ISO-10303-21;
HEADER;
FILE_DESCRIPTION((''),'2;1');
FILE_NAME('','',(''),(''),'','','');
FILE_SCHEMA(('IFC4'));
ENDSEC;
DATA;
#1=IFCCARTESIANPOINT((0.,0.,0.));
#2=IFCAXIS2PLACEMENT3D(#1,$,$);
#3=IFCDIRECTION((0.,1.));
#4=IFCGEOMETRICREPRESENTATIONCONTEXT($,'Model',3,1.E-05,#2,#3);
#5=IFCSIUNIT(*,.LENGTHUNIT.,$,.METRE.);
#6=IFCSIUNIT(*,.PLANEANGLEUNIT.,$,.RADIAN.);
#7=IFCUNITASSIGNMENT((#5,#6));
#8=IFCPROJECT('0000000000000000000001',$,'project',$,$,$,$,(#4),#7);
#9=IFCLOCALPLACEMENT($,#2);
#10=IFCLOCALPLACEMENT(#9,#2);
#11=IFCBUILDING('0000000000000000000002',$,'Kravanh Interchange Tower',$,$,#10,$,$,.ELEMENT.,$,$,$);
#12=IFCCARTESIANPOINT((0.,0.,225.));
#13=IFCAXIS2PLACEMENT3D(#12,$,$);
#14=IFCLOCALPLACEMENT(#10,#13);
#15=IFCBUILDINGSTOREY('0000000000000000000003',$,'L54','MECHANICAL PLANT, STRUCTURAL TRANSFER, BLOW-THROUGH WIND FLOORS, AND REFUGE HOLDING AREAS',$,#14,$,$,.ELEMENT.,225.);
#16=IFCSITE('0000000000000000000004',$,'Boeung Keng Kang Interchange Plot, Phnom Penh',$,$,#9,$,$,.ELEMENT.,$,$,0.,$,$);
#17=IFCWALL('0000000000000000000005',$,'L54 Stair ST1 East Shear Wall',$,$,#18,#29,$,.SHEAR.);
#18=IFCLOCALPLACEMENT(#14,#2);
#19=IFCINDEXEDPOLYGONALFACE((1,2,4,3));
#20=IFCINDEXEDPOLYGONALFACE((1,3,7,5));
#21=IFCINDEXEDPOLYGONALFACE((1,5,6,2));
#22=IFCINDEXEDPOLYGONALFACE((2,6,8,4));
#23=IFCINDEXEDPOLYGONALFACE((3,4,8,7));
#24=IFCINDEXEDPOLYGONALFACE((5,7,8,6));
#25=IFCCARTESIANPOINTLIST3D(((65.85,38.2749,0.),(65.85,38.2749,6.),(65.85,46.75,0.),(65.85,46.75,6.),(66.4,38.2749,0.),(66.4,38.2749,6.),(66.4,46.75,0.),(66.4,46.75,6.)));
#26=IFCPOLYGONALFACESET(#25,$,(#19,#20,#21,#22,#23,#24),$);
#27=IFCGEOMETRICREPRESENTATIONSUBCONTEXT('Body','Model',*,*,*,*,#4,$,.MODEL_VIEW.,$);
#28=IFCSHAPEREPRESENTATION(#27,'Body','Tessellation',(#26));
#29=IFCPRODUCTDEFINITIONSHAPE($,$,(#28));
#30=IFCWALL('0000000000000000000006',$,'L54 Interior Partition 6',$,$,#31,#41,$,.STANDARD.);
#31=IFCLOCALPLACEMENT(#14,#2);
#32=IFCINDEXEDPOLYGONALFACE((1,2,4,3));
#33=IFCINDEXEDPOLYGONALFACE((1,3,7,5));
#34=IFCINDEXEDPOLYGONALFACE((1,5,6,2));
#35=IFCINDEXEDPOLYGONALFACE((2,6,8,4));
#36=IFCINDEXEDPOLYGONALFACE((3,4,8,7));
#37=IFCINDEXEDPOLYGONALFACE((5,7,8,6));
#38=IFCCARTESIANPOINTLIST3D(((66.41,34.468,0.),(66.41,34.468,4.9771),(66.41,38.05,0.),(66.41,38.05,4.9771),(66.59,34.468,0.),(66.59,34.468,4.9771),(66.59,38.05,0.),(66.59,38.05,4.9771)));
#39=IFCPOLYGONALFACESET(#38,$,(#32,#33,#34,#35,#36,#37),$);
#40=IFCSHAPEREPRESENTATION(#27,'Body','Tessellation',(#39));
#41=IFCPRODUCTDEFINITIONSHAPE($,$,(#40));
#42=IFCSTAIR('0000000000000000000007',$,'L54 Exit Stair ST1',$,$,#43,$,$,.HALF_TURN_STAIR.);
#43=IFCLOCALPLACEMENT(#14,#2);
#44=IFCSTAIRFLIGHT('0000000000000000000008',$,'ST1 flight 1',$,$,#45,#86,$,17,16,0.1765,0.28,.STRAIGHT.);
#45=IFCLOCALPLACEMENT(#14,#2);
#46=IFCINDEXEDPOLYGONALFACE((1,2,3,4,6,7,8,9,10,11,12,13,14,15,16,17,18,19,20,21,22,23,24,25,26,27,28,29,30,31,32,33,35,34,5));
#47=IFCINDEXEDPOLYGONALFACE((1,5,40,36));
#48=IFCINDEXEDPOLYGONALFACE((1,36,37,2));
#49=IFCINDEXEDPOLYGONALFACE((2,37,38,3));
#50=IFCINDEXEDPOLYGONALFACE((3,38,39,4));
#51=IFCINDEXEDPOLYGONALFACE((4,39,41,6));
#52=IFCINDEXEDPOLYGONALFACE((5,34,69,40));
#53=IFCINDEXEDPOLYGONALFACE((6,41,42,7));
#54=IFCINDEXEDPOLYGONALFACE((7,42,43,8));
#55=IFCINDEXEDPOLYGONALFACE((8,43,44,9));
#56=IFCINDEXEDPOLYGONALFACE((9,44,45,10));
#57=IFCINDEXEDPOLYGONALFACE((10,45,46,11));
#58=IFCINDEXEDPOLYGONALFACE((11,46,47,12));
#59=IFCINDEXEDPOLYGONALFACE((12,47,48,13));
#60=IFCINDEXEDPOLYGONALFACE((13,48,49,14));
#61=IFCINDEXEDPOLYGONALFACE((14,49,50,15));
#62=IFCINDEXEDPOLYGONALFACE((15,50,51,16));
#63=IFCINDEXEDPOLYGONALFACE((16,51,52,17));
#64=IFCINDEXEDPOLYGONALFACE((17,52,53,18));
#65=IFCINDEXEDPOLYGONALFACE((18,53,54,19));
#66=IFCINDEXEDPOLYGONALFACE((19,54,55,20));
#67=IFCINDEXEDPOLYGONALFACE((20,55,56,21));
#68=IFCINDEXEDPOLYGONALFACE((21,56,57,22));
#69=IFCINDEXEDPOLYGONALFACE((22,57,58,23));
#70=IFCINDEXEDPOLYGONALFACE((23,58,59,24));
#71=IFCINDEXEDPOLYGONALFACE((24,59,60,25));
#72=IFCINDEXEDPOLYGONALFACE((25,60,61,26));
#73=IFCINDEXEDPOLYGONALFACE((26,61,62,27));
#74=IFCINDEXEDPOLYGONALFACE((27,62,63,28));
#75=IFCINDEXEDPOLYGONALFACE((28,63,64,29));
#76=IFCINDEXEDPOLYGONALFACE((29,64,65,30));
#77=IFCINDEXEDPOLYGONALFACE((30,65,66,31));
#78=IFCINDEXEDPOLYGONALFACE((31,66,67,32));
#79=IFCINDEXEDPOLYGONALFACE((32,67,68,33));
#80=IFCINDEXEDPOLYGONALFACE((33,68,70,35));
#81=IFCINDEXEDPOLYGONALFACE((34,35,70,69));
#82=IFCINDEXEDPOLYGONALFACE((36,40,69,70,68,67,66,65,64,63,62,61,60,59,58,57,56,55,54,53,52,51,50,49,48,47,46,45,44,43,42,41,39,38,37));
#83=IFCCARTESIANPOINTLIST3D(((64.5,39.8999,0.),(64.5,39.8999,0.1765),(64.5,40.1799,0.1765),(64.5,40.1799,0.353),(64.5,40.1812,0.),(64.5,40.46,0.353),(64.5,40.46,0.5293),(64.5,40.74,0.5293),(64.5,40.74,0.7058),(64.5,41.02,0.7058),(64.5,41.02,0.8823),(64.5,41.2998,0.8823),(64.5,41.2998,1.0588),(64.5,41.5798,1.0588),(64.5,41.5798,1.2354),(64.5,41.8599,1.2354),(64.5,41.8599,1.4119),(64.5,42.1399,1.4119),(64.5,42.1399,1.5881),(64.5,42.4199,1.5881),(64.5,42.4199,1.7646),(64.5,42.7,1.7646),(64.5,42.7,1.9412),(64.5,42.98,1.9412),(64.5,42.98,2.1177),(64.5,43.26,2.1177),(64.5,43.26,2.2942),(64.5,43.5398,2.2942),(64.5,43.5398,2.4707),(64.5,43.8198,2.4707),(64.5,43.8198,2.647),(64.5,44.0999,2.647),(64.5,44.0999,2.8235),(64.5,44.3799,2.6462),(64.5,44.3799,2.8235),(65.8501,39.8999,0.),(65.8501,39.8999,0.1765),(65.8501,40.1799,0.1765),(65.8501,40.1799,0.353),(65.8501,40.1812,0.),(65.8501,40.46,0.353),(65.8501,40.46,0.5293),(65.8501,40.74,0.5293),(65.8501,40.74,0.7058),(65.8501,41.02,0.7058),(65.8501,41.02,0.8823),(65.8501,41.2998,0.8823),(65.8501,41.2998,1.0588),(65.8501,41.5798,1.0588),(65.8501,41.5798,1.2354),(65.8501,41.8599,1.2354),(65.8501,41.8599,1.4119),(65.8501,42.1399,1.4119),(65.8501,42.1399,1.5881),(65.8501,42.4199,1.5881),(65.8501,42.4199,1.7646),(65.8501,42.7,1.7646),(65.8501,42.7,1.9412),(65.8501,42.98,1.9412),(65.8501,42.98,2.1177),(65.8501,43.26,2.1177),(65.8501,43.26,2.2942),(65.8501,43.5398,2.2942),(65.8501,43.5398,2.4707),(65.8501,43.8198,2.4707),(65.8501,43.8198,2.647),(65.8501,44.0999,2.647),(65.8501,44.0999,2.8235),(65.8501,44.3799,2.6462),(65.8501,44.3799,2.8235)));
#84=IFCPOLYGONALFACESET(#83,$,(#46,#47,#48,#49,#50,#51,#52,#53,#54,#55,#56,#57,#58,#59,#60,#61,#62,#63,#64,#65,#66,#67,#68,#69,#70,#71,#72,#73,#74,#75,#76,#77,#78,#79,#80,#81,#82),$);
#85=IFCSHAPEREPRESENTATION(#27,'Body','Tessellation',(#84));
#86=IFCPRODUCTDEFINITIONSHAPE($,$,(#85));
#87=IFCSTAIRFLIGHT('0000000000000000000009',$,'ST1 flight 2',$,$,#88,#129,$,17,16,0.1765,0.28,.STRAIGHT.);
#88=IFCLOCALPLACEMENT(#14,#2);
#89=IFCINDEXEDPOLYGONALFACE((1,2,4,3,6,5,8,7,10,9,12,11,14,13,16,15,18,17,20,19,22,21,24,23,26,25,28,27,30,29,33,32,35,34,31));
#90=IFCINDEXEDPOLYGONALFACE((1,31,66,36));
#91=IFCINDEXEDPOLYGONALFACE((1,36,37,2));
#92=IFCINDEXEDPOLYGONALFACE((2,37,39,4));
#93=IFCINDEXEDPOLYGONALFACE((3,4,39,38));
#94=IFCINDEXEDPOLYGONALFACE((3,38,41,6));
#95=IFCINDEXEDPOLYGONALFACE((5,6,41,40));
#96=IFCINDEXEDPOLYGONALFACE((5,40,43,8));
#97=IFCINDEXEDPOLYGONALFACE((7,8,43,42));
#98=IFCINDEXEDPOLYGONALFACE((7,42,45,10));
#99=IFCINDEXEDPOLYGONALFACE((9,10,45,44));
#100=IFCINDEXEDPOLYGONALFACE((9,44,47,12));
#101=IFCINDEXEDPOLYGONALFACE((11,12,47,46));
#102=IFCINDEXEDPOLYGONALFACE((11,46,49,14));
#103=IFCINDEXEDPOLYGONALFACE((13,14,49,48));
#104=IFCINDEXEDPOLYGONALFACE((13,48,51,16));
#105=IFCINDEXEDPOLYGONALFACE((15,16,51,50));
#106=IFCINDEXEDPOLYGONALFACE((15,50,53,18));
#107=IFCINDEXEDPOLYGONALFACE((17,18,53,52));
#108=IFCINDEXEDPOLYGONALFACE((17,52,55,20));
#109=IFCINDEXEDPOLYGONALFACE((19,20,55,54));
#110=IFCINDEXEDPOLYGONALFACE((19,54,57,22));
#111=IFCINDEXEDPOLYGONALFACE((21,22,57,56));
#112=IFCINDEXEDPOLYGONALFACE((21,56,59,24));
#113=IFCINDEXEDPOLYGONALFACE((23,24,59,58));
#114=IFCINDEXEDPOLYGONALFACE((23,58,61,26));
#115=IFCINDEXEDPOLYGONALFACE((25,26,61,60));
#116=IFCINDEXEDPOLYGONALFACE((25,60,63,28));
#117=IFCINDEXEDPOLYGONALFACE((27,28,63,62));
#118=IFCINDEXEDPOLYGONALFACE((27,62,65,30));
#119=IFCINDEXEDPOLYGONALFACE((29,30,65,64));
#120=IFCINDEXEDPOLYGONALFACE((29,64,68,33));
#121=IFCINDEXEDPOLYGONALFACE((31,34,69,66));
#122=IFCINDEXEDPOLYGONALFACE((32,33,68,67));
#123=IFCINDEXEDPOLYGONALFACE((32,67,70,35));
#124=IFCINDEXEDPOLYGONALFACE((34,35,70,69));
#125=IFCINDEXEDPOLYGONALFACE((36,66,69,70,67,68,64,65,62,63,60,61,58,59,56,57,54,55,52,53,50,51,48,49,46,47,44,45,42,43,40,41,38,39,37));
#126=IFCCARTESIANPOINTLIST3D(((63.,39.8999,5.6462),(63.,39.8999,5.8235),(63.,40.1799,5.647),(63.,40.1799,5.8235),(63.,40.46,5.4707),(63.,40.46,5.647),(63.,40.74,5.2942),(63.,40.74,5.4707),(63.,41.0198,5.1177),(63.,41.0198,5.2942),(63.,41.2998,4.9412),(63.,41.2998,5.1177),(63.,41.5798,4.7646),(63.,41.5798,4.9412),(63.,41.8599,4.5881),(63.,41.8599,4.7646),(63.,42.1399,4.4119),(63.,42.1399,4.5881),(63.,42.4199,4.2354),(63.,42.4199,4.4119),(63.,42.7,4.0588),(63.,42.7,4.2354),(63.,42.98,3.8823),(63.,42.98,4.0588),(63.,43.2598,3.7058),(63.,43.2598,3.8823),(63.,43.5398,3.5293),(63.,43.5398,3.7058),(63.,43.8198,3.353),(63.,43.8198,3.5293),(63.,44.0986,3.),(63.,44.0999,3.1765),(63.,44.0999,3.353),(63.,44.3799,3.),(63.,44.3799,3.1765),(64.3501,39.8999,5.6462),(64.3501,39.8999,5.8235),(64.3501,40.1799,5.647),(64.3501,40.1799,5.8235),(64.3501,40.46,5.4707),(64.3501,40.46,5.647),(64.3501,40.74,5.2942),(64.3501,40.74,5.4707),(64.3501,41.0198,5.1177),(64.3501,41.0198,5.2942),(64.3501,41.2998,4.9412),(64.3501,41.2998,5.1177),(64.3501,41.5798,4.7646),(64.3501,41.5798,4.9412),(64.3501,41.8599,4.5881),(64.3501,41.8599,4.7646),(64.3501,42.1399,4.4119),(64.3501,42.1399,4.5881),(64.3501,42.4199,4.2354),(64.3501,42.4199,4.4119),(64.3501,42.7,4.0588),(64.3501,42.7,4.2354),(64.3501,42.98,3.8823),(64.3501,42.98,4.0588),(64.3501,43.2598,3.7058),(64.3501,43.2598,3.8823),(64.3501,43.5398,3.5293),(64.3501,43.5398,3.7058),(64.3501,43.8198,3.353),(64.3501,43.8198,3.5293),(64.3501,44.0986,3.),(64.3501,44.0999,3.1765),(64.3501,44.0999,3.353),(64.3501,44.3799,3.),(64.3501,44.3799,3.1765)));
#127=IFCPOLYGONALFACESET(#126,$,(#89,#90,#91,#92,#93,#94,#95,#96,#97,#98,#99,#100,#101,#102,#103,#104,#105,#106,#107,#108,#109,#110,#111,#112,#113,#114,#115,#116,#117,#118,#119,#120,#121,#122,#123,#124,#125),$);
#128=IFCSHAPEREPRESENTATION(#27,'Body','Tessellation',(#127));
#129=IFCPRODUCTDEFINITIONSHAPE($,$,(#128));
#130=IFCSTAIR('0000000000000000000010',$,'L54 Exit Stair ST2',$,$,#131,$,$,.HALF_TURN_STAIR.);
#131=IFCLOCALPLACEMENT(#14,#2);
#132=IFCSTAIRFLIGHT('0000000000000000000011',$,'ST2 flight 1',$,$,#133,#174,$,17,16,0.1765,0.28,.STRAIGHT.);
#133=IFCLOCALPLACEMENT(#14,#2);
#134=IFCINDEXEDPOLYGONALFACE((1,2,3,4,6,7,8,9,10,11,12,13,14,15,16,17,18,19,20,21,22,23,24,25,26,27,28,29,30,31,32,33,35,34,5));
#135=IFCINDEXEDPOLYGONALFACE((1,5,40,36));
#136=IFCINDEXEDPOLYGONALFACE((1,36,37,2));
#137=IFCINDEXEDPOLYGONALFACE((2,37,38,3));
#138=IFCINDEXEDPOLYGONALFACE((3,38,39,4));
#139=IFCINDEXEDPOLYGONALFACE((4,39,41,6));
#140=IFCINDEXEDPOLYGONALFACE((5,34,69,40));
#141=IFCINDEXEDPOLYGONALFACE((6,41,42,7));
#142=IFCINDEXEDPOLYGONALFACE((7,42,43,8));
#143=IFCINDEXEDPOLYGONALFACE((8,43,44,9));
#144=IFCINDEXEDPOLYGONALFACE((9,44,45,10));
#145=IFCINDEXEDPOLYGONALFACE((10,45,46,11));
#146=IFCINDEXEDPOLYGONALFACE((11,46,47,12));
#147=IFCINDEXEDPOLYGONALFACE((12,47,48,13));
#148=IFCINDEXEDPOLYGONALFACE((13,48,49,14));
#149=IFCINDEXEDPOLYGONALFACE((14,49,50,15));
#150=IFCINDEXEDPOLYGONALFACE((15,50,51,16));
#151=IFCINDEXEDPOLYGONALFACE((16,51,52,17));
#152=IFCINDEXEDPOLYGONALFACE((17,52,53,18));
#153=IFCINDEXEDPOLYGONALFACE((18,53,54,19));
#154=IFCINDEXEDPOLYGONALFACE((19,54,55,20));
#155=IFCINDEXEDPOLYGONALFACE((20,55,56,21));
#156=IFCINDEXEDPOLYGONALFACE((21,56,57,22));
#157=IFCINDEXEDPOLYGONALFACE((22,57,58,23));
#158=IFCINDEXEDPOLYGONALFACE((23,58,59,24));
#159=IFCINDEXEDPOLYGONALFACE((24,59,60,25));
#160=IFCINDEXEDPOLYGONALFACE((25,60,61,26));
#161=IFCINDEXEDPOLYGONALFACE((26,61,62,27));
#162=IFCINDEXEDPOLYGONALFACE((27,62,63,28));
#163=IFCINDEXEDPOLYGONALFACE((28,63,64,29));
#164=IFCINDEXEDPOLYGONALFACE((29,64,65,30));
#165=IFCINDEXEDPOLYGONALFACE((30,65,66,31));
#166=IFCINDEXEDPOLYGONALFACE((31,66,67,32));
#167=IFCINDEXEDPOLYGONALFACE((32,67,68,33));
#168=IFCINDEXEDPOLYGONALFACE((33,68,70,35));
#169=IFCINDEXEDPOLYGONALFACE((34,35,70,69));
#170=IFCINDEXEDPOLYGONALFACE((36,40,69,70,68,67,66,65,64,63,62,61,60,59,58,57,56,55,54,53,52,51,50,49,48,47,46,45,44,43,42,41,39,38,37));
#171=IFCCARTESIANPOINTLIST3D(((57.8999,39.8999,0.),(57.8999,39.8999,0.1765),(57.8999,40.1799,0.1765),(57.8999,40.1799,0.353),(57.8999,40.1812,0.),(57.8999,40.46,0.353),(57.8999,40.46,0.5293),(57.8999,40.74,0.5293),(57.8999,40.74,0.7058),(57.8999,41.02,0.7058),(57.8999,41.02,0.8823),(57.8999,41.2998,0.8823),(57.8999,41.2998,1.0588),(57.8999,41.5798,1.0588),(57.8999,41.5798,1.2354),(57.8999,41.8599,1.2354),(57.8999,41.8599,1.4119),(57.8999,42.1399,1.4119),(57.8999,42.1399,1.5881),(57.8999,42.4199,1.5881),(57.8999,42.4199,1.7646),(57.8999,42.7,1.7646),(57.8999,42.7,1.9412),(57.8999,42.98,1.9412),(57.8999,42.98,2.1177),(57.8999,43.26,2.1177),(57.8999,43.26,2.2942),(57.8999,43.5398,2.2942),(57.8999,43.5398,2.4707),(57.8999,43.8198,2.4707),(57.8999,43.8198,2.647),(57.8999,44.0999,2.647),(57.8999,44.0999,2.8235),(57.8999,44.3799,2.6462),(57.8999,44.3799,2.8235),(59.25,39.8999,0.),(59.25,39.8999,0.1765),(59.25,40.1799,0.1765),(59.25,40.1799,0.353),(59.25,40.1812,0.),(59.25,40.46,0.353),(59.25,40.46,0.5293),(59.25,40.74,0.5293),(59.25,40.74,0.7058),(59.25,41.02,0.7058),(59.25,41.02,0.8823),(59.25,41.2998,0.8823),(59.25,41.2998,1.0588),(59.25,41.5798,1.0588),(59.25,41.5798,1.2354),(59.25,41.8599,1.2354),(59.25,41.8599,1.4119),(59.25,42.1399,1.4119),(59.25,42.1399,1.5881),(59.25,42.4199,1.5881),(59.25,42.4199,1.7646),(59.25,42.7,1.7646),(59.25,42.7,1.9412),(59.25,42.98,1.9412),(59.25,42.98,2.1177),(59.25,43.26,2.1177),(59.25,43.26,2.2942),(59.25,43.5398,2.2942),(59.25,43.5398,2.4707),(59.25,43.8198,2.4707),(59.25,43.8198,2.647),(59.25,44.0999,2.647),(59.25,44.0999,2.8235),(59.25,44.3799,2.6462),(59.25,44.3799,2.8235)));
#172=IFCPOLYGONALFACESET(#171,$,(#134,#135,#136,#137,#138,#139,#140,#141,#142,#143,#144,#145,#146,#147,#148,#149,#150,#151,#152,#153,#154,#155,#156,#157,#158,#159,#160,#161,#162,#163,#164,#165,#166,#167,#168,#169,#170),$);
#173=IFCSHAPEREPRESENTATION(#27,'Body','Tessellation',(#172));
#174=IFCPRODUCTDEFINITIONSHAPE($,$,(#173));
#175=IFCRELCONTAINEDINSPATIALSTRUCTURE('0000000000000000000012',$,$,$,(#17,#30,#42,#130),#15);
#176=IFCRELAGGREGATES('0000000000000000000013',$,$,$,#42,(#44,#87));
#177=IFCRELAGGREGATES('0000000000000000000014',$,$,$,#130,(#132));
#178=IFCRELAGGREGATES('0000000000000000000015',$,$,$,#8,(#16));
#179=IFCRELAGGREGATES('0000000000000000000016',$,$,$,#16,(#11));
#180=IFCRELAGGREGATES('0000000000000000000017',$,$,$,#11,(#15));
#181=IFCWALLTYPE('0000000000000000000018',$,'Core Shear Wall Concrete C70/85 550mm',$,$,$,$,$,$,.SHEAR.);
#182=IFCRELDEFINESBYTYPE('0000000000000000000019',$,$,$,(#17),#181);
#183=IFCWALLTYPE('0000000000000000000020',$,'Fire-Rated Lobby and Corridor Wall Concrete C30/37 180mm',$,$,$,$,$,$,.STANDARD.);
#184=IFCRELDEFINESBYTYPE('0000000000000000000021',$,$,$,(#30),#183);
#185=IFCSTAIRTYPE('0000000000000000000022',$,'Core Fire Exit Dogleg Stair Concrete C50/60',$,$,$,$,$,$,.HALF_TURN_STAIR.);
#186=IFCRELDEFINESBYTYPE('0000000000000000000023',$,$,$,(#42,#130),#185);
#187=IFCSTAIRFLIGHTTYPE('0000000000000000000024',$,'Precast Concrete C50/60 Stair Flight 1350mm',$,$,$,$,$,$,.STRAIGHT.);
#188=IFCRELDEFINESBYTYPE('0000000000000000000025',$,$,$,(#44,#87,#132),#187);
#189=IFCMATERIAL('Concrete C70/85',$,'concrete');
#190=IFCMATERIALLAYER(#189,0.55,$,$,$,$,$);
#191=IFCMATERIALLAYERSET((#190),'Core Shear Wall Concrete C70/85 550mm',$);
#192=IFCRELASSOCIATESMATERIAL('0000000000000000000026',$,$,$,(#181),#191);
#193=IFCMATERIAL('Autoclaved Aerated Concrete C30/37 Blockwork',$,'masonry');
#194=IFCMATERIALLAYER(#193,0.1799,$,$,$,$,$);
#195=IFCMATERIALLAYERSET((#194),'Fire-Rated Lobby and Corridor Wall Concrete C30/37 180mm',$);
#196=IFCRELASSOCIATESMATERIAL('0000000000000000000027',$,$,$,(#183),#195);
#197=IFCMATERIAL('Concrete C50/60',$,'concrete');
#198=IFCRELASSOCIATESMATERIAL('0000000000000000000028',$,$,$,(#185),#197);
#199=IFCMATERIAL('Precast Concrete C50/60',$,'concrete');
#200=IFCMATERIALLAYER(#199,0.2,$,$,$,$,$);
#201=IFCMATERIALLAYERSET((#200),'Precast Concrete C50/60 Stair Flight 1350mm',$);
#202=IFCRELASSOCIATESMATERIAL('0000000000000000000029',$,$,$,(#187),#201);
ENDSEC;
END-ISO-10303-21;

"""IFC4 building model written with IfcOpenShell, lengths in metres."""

from ifc_helpers import new_model, si_unit, direction, frame, frame_2d, origin, place, context, subcontext, project, spatial, polyline, rectangle, outline, extrude, material, layer, layer_set, type_object, element, aggregate, save


model = new_model("IFC4")

# Units and contexts
model_context = context("Model", 3, precision=1e-05, world=origin(), true_north=direction((0.0, 1.0)))
body_context = subcontext(model_context, "Body", "Model", "MODEL_VIEW")
ifc_project = project(units=[si_unit("LENGTHUNIT", "METRE"), si_unit("PLANEANGLEUNIT", "RADIAN")], contexts=[model_context])

# Site, building, storey
site_placement = place(None, origin())
site = spatial("IfcSite", under=ifc_project, at=site_placement, Name="Boeung Keng Kang Interchange Plot, Phnom Penh", CompositionType="ELEMENT", RefElevation=0.0)
building_placement = place(site_placement, origin())
building = spatial("IfcBuilding", under=site, at=building_placement, Name="Kravanh Interchange Tower", CompositionType="ELEMENT")
storey_placement = place(building_placement, frame((0.0, 0.0, 225.0)))
storey = spatial("IfcBuildingStorey", under=building, at=storey_placement, Name="L54", Description="MECHANICAL PLANT, STRUCTURAL TRANSFER, BLOW-THROUGH WIND FLOORS, AND REFUGE HOLDING AREAS", CompositionType="ELEMENT", Elevation=225.0)

# Walls
ifc_material_1 = material(Name="Concrete C70/85", Category="concrete")
ifc_layer_1 = layer(ifc_material_1, 0.55)
ifc_layer_set_1 = layer_set([ifc_layer_1], Name="Core Shear Wall Concrete C70/85 550mm")
wall_type_1 = type_object("IfcWallType", Name="Core Shear Wall Concrete C70/85 550mm", PredefinedType="SHEAR", material=ifc_layer_set_1)
wall_1_placement = place(storey_placement, frame((66.125, 38.2749, 0.0), z_axis=(0.0, 0.0, 1.0), x_axis=(0.0, 1.0, 0.0)))
element("IfcWall", 1, at=wall_1_placement, inside=storey, type_object=wall_type_1, Name="L54 Stair ST1 East Shear Wall", PredefinedType="SHEAR", context=body_context, shape_type="SweptSolid", body=[
    extrude(rectangle(XDim=8.4751, YDim=0.55, at=frame_2d((4.2375, 0.0))), origin(), (0.0, 0.0, 1.0), 6.0),
])
ifc_material_2 = material(Name="Autoclaved Aerated Concrete C30/37 Blockwork", Category="masonry")
ifc_layer_2 = layer(ifc_material_2, 0.1799)
ifc_layer_set_2 = layer_set([ifc_layer_2], Name="Fire-Rated Lobby and Corridor Wall Concrete C30/37 180mm")
wall_type_2 = type_object("IfcWallType", Name="Fire-Rated Lobby and Corridor Wall Concrete C30/37 180mm", PredefinedType="STANDARD", material=ifc_layer_set_2)
wall_2_placement = place(storey_placement, frame((66.5, 34.468, 0.0), z_axis=(0.0, 0.0, 1.0), x_axis=(0.0, 1.0, 0.0)))
element("IfcWall", 2, at=wall_2_placement, inside=storey, type_object=wall_type_2, Name="L54 Interior Partition 6", PredefinedType="STANDARD", context=body_context, shape_type="SweptSolid", body=[
    extrude(rectangle(XDim=3.582, YDim=0.1799, at=frame_2d((1.791, 0.0))), origin(), (0.0, 0.0, 1.0), 4.9771),
])

# Stairs, stair flights
ifc_material_3 = material(Name="Concrete C50/60", Category="concrete")
stair_type = type_object("IfcStairType", Name="Core Fire Exit Dogleg Stair Concrete C50/60", PredefinedType="HALF_TURN_STAIR", material=ifc_material_3)
stair_1_placement = place(storey_placement, origin())
stair_1 = element("IfcStair", 3, at=stair_1_placement, inside=storey, type_object=stair_type, Name="L54 Exit Stair ST1", PredefinedType="HALF_TURN_STAIR")
ifc_material_4 = material(Name="Precast Concrete C50/60", Category="concrete")
ifc_layer_3 = layer(ifc_material_4, 0.2)
ifc_layer_set_3 = layer_set([ifc_layer_3], Name="Precast Concrete C50/60 Stair Flight 1350mm")
stair_flight_type = type_object("IfcStairFlightType", Name="Precast Concrete C50/60 Stair Flight 1350mm", PredefinedType="STRAIGHT", material=ifc_layer_set_3)
stair_flight_1_placement = place(storey_placement, frame((65.175, 39.8999, 0.0), z_axis=(0.0, 0.0, 1.0), x_axis=(0.0, 1.0, 0.0)))
stair_flight_1 = element("IfcStairFlight", 4, at=stair_flight_1_placement, type_object=stair_flight_type, Name="ST1 flight 1", NumberOfRisers=17, NumberOfTreads=16, PredefinedType="STRAIGHT", RiserHeight=0.1765, TreadLength=0.28, context=body_context, shape_type="SweptSolid", body=[
    extrude(outline(polyline([(0.0, 0.0), (0.0, 0.1765), (0.28, 0.1765), (0.28, 0.353), (0.5601, 0.353), (0.5601, 0.5293), (0.8401, 0.5293), (0.8401, 0.7058), (1.1201, 0.7058), (1.1201, 0.8823), (1.3999, 0.8823), (1.3999, 1.0588), (1.6799, 1.0588), (1.6799, 1.2354), (1.96, 1.2354), (1.96, 1.4119), (2.24, 1.4119), (2.24, 1.5881), (2.52, 1.5881), (2.52, 1.7646), (2.8, 1.7646), (2.8, 1.9412), (3.0801, 1.9412), (3.0801, 2.1177), (3.3601, 2.1177), (3.3601, 2.2942), (3.6399, 2.2942), (3.6399, 2.4707), (3.9199, 2.4707), (3.9199, 2.647), (4.2, 2.647), (4.2, 2.8235), (4.48, 2.8235), (4.48, 3.0), (4.48, 2.6462), (0.2812, 0.0), (0.0, 0.0)])), frame((0.0, 0.675, 0.0), z_axis=(0.0, -1.0, 0.0), x_axis=(1.0, 0.0, 0.0)), (0.0, 0.0, 1.0), 1.3501),
])
stair_flight_2_placement = place(storey_placement, frame((63.675, 44.3799, 3.0), z_axis=(0.0, 0.0, 1.0), x_axis=(0.0, -1.0, 0.0)))
stair_flight_2 = element("IfcStairFlight", 5, at=stair_flight_2_placement, type_object=stair_flight_type, Name="ST1 flight 2", NumberOfRisers=17, NumberOfTreads=16, PredefinedType="STRAIGHT", RiserHeight=0.1765, TreadLength=0.28, context=body_context, shape_type="SweptSolid", body=[
    extrude(outline(polyline([(0.0, 0.0), (0.0, 0.1765), (0.28, 0.1765), (0.28, 0.353), (0.5601, 0.353), (0.5601, 0.5293), (0.8401, 0.5293), (0.8401, 0.7058), (1.1201, 0.7058), (1.1201, 0.8823), (1.3999, 0.8823), (1.3999, 1.0588), (1.6799, 1.0588), (1.6799, 1.2354), (1.96, 1.2354), (1.96, 1.4119), (2.24, 1.4119), (2.24, 1.5881), (2.52, 1.5881), (2.52, 1.7646), (2.8, 1.7646), (2.8, 1.9412), (3.0801, 1.9412), (3.0801, 2.1177), (3.3601, 2.1177), (3.3601, 2.2942), (3.6399, 2.2942), (3.6399, 2.4707), (3.9199, 2.4707), (3.9199, 2.647), (4.2, 2.647), (4.2, 2.8235), (4.48, 2.8235), (4.48, 3.0), (4.48, 2.6462), (0.2812, 0.0), (0.0, 0.0)])), frame((0.0, 0.675, 0.0), z_axis=(0.0, -1.0, 0.0), x_axis=(1.0, 0.0, 0.0)), (0.0, 0.0, 1.0), 1.3501),
])
aggregate(stair_1, [stair_flight_1, stair_flight_2])
stair_2_placement = place(storey_placement, origin())
stair_2 = element("IfcStair", 6, at=stair_2_placement, inside=storey, type_object=stair_type, Name="L54 Exit Stair ST2", PredefinedType="HALF_TURN_STAIR")
stair_flight_3_placement = place(storey_placement, frame((58.575, 39.8999, 0.0), z_axis=(0.0, 0.0, 1.0), x_axis=(0.0, 1.0, 0.0)))
stair_flight_3 = element("IfcStairFlight", 7, at=stair_flight_3_placement, type_object=stair_flight_type, Name="ST2 flight 1", NumberOfRisers=17, NumberOfTreads=16, PredefinedType="STRAIGHT", RiserHeight=0.1765, TreadLength=0.28, context=body_context, shape_type="SweptSolid", body=[
    extrude(outline(polyline([(0.0, 0.0), (0.0, 0.1765), (0.28, 0.1765), (0.28, 0.353), (0.5601, 0.353), (0.5601, 0.5293), (0.8401, 0.5293), (0.8401, 0.7058), (1.1201, 0.7058), (1.1201, 0.8823), (1.3999, 0.8823), (1.3999, 1.0588), (1.6799, 1.0588), (1.6799, 1.2354), (1.96, 1.2354), (1.96, 1.4119), (2.24, 1.4119), (2.24, 1.5881), (2.52, 1.5881), (2.52, 1.7646), (2.8, 1.7646), (2.8, 1.9412), (3.0801, 1.9412), (3.0801, 2.1177), (3.3601, 2.1177), (3.3601, 2.2942), (3.6399, 2.2942), (3.6399, 2.4707), (3.9199, 2.4707), (3.9199, 2.647), (4.2, 2.647), (4.2, 2.8235), (4.48, 2.8235), (4.48, 3.0), (4.48, 2.6462), (0.2812, 0.0), (0.0, 0.0)])), frame((0.0, 0.675, 0.0), z_axis=(0.0, -1.0, 0.0), x_axis=(1.0, 0.0, 0.0)), (0.0, 0.0, 1.0), 1.3501),
])
aggregate(stair_2, [stair_flight_3])

save(model, "model.ifc")
